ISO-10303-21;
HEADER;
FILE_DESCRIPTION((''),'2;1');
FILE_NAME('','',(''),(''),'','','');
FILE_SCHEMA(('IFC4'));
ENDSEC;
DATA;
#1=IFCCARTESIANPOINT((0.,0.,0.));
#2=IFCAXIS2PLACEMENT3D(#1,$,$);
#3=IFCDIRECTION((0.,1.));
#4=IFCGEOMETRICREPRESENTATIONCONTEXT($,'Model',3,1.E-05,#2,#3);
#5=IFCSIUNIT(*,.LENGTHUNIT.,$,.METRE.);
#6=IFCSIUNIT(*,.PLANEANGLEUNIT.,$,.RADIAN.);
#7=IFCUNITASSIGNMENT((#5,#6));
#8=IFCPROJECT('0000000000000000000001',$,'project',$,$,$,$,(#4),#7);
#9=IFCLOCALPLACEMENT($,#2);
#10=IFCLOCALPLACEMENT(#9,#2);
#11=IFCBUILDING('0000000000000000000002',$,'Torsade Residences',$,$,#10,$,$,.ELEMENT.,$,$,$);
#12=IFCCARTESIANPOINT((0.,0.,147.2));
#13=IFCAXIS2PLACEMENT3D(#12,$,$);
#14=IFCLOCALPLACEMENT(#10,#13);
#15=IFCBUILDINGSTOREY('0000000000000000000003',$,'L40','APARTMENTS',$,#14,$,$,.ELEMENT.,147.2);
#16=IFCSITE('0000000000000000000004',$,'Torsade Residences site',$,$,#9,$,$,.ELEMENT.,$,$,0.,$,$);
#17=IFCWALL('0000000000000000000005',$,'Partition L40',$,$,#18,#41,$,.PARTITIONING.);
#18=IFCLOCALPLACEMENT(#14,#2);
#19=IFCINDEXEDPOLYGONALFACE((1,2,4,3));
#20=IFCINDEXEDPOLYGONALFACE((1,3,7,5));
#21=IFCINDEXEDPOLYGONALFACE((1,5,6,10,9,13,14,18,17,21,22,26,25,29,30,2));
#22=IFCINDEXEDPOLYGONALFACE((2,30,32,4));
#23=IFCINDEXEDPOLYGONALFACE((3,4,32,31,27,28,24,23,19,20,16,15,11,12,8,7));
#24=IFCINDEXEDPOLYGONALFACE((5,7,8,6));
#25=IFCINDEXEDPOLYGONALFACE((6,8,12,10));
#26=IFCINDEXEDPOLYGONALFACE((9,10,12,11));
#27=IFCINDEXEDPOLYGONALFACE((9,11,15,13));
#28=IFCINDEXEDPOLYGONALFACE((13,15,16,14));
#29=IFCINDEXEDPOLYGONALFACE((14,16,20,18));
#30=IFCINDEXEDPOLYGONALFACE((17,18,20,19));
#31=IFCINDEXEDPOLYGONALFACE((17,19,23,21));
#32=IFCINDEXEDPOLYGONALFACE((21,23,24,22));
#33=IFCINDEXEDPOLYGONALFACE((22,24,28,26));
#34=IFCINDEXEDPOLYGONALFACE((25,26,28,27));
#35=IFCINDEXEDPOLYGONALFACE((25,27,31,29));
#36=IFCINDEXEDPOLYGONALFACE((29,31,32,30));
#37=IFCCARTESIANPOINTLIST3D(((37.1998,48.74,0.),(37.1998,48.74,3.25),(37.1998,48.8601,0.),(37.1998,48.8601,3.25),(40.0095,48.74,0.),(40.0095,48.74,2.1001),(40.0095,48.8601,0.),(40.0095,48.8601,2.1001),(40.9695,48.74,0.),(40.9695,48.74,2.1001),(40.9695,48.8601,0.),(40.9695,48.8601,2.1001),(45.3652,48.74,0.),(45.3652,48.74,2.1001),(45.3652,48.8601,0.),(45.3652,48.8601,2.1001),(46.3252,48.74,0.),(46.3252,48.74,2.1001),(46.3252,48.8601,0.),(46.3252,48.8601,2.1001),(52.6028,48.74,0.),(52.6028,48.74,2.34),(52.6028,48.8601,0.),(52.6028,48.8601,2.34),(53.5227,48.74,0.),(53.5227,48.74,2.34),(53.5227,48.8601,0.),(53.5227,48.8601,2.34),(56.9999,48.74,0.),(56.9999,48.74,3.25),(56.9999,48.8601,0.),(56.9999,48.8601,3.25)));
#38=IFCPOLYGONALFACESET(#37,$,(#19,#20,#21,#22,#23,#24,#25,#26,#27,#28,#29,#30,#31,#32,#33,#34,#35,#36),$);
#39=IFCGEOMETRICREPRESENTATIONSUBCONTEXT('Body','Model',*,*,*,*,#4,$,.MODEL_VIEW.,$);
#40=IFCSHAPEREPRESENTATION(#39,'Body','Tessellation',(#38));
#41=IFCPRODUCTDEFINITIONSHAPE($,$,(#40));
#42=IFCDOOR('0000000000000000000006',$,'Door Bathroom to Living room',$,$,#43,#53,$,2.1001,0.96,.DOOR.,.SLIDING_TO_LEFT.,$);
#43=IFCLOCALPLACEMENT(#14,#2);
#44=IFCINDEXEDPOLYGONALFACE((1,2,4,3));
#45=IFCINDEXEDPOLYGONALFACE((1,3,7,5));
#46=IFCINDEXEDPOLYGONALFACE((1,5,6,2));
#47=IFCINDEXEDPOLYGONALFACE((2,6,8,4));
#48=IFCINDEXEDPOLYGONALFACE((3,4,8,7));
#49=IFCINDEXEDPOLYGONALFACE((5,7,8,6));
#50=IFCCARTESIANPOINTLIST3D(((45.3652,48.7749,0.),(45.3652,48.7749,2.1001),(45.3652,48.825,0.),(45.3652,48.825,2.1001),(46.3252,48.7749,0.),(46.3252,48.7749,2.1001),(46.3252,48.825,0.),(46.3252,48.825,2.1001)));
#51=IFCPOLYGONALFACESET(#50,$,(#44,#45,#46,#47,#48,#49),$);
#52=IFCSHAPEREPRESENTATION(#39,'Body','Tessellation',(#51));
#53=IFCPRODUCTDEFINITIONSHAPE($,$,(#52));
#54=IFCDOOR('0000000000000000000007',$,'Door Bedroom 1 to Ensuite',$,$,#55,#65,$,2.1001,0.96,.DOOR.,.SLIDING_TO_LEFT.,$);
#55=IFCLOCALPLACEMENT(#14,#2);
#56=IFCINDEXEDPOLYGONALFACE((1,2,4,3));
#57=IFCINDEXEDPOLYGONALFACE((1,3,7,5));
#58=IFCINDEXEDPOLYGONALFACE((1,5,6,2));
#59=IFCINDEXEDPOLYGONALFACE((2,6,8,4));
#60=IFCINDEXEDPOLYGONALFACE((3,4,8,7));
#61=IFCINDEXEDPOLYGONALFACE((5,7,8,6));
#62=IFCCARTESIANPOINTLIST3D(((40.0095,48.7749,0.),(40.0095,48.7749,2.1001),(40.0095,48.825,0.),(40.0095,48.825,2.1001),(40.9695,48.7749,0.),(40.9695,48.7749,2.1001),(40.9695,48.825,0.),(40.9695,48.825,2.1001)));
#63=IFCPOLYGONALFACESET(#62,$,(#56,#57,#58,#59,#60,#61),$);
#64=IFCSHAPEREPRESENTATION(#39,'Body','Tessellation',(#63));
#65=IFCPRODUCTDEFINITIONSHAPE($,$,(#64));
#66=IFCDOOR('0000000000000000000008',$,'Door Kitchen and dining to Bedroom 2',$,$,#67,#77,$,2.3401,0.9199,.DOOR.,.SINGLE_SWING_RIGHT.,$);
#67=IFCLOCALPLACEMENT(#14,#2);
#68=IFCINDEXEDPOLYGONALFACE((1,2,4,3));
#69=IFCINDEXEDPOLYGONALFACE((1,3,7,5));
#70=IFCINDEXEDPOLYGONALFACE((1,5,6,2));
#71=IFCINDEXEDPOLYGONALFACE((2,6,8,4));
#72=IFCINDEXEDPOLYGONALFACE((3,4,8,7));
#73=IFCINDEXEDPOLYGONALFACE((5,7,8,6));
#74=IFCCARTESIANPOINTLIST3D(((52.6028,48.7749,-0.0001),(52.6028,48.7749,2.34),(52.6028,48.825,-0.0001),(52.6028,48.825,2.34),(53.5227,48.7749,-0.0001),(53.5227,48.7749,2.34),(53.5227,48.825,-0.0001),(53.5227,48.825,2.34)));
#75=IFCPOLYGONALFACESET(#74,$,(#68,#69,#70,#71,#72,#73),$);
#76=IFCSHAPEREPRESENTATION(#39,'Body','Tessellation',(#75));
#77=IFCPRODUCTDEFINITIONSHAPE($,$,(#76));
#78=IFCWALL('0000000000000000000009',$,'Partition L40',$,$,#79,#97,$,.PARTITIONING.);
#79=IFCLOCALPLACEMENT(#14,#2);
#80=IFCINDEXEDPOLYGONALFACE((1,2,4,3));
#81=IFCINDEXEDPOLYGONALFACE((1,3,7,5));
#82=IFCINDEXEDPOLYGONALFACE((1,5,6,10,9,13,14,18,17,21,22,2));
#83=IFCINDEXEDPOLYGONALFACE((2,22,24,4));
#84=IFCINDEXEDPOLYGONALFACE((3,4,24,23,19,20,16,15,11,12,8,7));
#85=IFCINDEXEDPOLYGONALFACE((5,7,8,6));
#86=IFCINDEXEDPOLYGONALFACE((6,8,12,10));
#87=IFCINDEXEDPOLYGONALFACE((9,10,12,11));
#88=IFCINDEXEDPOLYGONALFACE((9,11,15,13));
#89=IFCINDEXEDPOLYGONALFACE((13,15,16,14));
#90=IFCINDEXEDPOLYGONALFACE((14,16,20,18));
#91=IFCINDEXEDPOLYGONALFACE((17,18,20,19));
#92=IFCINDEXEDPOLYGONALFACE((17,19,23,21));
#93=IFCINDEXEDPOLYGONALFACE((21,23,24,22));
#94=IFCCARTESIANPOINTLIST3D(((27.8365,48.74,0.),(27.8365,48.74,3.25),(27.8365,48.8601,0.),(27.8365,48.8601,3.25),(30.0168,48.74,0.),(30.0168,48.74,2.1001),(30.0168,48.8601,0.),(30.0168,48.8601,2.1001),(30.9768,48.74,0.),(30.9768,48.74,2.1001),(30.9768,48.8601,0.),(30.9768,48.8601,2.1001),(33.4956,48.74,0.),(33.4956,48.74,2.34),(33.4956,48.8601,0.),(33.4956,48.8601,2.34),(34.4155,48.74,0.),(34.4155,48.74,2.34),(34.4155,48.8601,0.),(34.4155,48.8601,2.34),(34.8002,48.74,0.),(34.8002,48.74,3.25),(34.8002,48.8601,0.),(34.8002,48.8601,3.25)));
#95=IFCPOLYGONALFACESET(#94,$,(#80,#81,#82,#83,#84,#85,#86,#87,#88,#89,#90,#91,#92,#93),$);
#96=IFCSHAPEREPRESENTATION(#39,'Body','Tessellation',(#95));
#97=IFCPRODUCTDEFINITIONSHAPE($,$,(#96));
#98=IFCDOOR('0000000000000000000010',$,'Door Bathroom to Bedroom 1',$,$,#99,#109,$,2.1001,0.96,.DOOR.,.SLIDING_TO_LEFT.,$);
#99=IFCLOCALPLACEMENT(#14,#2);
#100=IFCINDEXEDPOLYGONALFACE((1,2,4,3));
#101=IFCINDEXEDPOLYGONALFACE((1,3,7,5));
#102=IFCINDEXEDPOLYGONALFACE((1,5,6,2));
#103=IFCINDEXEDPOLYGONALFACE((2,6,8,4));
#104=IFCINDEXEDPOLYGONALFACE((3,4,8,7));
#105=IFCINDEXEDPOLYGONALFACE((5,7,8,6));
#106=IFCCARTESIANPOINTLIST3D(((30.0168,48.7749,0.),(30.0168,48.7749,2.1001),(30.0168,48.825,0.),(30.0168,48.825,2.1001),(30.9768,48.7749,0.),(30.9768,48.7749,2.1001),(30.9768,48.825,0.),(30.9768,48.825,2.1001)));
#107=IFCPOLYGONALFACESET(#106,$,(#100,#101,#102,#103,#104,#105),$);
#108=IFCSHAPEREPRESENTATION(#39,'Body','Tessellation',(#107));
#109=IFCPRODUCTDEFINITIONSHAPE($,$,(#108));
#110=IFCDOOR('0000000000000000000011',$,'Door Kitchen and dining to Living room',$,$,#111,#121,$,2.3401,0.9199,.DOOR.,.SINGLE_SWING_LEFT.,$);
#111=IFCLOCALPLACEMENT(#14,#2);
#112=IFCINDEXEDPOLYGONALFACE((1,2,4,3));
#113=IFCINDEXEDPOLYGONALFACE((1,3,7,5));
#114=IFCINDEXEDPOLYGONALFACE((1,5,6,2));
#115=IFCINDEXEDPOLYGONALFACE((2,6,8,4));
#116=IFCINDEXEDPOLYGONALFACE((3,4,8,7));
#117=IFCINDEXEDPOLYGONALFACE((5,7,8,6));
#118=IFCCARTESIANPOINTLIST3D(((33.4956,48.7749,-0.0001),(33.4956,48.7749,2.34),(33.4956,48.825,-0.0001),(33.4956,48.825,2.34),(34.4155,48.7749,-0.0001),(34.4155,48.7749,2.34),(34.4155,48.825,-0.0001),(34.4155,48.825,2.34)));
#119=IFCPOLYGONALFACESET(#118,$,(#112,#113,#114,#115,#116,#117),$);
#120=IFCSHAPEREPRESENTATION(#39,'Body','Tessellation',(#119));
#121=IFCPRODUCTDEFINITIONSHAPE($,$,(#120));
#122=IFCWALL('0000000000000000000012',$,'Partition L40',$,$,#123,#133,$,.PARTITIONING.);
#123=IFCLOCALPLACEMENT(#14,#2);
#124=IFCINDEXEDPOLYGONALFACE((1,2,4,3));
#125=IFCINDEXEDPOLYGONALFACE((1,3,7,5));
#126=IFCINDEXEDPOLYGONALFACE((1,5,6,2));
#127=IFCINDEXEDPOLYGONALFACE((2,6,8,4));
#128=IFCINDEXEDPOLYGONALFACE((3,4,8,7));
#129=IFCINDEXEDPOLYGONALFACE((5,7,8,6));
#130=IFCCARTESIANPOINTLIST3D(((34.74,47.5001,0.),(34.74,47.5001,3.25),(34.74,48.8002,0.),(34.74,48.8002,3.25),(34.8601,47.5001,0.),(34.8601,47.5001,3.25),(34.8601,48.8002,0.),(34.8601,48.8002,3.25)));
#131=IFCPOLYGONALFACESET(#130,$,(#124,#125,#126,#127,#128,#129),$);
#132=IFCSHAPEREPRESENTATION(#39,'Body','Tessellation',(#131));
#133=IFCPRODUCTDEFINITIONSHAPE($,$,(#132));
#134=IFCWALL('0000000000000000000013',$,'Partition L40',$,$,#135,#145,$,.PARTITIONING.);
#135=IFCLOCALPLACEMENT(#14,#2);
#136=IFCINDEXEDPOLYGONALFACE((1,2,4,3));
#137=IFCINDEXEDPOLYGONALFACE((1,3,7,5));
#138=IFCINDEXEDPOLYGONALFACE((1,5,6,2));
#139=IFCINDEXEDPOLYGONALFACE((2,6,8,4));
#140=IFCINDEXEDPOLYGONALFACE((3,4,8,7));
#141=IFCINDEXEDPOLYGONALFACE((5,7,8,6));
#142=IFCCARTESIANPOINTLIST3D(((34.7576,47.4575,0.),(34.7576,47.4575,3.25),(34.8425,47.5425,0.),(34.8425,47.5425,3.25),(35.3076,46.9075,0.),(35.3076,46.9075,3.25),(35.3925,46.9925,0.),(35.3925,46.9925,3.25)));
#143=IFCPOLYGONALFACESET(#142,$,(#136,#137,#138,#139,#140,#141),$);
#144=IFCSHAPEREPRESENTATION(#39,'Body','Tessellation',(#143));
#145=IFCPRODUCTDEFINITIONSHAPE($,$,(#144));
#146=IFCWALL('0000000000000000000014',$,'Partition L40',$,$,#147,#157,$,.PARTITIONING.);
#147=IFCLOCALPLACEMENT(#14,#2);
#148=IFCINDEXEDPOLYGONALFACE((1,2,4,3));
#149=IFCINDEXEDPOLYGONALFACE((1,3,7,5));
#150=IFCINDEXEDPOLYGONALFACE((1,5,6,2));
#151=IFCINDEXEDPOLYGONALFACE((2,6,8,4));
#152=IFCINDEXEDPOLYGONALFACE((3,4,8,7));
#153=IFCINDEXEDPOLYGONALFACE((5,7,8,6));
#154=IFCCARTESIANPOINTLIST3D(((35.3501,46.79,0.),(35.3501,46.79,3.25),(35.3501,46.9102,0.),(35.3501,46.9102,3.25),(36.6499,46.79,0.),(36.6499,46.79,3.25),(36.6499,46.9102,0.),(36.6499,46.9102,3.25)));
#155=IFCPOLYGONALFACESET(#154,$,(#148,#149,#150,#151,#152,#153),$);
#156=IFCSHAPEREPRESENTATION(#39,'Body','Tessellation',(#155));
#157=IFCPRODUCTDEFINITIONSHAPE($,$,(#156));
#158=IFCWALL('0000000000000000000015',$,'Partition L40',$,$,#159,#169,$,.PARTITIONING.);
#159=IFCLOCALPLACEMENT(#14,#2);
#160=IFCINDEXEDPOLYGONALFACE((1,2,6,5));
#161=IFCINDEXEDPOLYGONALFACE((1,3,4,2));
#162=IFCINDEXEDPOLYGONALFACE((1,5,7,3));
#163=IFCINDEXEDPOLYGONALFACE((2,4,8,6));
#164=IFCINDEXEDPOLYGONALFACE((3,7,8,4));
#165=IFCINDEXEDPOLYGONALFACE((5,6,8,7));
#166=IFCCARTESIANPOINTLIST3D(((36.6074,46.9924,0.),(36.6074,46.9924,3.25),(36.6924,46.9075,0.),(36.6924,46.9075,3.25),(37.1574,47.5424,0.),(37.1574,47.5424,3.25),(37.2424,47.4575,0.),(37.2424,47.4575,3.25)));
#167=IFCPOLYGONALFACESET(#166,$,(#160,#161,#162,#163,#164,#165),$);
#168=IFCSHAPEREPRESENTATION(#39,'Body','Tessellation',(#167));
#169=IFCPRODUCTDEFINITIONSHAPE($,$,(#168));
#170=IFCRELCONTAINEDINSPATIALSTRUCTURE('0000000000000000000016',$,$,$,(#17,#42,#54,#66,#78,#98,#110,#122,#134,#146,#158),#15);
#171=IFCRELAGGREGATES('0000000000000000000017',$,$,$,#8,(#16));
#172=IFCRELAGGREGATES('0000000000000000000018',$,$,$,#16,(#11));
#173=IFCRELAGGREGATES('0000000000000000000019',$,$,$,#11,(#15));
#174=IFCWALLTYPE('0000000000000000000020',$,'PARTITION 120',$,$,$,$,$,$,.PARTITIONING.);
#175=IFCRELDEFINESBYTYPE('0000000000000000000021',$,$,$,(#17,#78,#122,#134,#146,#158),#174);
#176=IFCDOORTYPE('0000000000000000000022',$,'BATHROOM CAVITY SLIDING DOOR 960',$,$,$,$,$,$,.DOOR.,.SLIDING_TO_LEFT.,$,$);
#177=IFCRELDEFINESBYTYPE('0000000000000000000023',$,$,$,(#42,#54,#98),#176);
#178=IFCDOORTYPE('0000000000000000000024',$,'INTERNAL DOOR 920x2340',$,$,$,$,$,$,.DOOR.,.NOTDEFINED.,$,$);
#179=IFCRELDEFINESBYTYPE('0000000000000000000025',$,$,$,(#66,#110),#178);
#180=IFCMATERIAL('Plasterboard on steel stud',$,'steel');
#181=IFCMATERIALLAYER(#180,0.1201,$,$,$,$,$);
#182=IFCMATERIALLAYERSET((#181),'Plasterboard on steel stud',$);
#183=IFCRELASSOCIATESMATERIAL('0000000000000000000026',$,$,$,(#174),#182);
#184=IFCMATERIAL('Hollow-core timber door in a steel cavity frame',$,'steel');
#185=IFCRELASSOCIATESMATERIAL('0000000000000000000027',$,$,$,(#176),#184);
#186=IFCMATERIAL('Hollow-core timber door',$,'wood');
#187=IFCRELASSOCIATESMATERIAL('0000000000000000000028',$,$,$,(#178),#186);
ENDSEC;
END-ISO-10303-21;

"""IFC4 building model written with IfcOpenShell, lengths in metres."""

from ifc_helpers import new_model, si_unit, direction, frame, frame_2d, origin, place, context, subcontext, project, spatial, rectangle, extrude, material, layer, layer_set, type_object, element, fill, save


model = new_model("IFC4")

# Units and contexts
model_context = context("Model", 3, precision=1e-05, world=origin(), true_north=direction((0.0, 1.0)))
body_context = subcontext(model_context, "Body", "Model", "MODEL_VIEW")
ifc_project = project(units=[si_unit("LENGTHUNIT", "METRE"), si_unit("PLANEANGLEUNIT", "RADIAN")], contexts=[model_context])

# Site, building, storey
site_placement = place(None, origin())
site = spatial("IfcSite", under=ifc_project, at=site_placement, Name="Torsade Residences site", CompositionType="ELEMENT", RefElevation=0.0)
building_placement = place(site_placement, origin())
building = spatial("IfcBuilding", under=site, at=building_placement, Name="Torsade Residences", CompositionType="ELEMENT")
storey_placement = place(building_placement, frame((0.0, 0.0, 147.2)))
storey = spatial("IfcBuildingStorey", under=building, at=storey_placement, Name="L40", Description="APARTMENTS", CompositionType="ELEMENT", Elevation=147.2)

# Walls, openings, doors
ifc_material_1 = material(Name="Plasterboard on steel stud", Category="steel")
ifc_layer_1 = layer(ifc_material_1, 0.1201)
ifc_layer_set_1 = layer_set([ifc_layer_1], Name="Plasterboard on steel stud")
wall_type_1 = type_object("IfcWallType", Name="PARTITION 120", PredefinedType="PARTITIONING", material=ifc_layer_set_1)
wall_1_placement = place(storey_placement, frame((37.2, 48.8, 0.0), z_axis=(0.0, 0.0, 1.0), x_axis=(1.0, 0.0, 0.0)))
wall_1 = element("IfcWall", 1, at=wall_1_placement, inside=storey, type_object=wall_type_1, Name="Partition L40", PredefinedType="PARTITIONING", context=body_context, shape_type="SweptSolid", body=[
    extrude(rectangle(XDim=19.8, YDim=0.1201, at=frame_2d((9.8999, 0.0))), origin(), (0.0, 0.0, 1.0), 3.25),
])
opening_1_placement = place(wall_1_placement, frame((15.4028, 0.0, 0.0)))
opening_1 = element("IfcOpeningElement", 2, at=opening_1_placement, cuts=wall_1, PredefinedType="OPENING", context=body_context, shape_type="SweptSolid", body=[
    extrude(rectangle(XDim=0.9199, YDim=2.3401, at=frame_2d((0.46, 1.1699))), frame((0.0, 0.0701, 0.0), z_axis=(0.0, -1.0, 0.0), x_axis=(1.0, 0.0, 0.0)), (0.0, 0.0, 1.0), 0.1401),
])
opening_2_placement = place(wall_1_placement, frame((8.1653, 0.0, 0.0)))
opening_2 = element("IfcOpeningElement", 3, at=opening_2_placement, cuts=wall_1, PredefinedType="OPENING", context=body_context, shape_type="SweptSolid", body=[
    extrude(rectangle(XDim=0.96, YDim=2.1001, at=frame_2d((0.48, 1.05))), frame((0.0, 0.0701, 0.0), z_axis=(0.0, -1.0, 0.0), x_axis=(1.0, 0.0, 0.0)), (0.0, 0.0, 1.0), 0.1401),
])
opening_3_placement = place(wall_1_placement, frame((2.8096, 0.0, 0.0)))
opening_3 = element("IfcOpeningElement", 4, at=opening_3_placement, cuts=wall_1, PredefinedType="OPENING", context=body_context, shape_type="SweptSolid", body=[
    extrude(rectangle(XDim=0.96, YDim=2.1001, at=frame_2d((0.48, 1.05))), frame((0.0, 0.0701, 0.0), z_axis=(0.0, -1.0, 0.0), x_axis=(1.0, 0.0, 0.0)), (0.0, 0.0, 1.0), 0.1401),
])
ifc_material_2 = material(Name="Hollow-core timber door in a steel cavity frame", Category="steel")
door_type_1 = type_object("IfcDoorType", Name="BATHROOM CAVITY SLIDING DOOR 960", OperationType="SLIDING_TO_LEFT", PredefinedType="DOOR", material=ifc_material_2)
door_1_placement = place(opening_2_placement, origin())
door_1 = element("IfcDoor", 5, at=door_1_placement, inside=storey, type_object=door_type_1, Name="Door Bathroom to Living room", OperationType="SLIDING_TO_LEFT", OverallHeight=2.1001, OverallWidth=0.96, PredefinedType="DOOR", context=body_context, shape_type="SweptSolid", body=[
    extrude(rectangle(XDim=0.96, YDim=2.1001, at=frame_2d((0.48, 1.05))), frame((0.0, 0.0249, 0.0), z_axis=(0.0, -1.0, 0.0), x_axis=(1.0, 0.0, 0.0)), (0.0, 0.0, 1.0), 0.05),
])
fill(opening_2, door_1)
door_2_placement = place(opening_3_placement, origin())
door_2 = element("IfcDoor", 6, at=door_2_placement, inside=storey, type_object=door_type_1, Name="Door Bedroom 1 to Ensuite", OperationType="SLIDING_TO_LEFT", OverallHeight=2.1001, OverallWidth=0.96, PredefinedType="DOOR", context=body_context, shape_type="SweptSolid", body=[
    extrude(rectangle(XDim=0.96, YDim=2.1001, at=frame_2d((0.48, 1.05))), frame((0.0, 0.0249, 0.0), z_axis=(0.0, -1.0, 0.0), x_axis=(1.0, 0.0, 0.0)), (0.0, 0.0, 1.0), 0.05),
])
fill(opening_3, door_2)
ifc_material_3 = material(Name="Hollow-core timber door", Category="wood")
door_type_2 = type_object("IfcDoorType", Name="INTERNAL DOOR 920x2340", OperationType="NOTDEFINED", PredefinedType="DOOR", material=ifc_material_3)
door_3_placement = place(opening_1_placement, origin())
door_3 = element("IfcDoor", 7, at=door_3_placement, inside=storey, type_object=door_type_2, Name="Door Kitchen and dining to Bedroom 2", OperationType="SINGLE_SWING_RIGHT", OverallHeight=2.3401, OverallWidth=0.9199, PredefinedType="DOOR", context=body_context, shape_type="SweptSolid", body=[
    extrude(rectangle(XDim=0.9199, YDim=2.3401, at=frame_2d((0.46, 1.1699))), frame((0.0, 0.0249, 0.0), z_axis=(0.0, -1.0, 0.0), x_axis=(1.0, 0.0, 0.0)), (0.0, 0.0, 1.0), 0.05),
])
fill(opening_1, door_3)
wall_2_placement = place(storey_placement, frame((27.8364, 48.8, 0.0), z_axis=(0.0, 0.0, 1.0), x_axis=(1.0, 0.0, 0.0)))
wall_2 = element("IfcWall", 8, at=wall_2_placement, inside=storey, type_object=wall_type_1, Name="Partition L40", PredefinedType="PARTITIONING", context=body_context, shape_type="SweptSolid", body=[
    extrude(rectangle(XDim=6.9636, YDim=0.1201, at=frame_2d((3.4819, 0.0))), origin(), (0.0, 0.0, 1.0), 3.25),
])
opening_4_placement = place(wall_2_placement, frame((5.6592, 0.0, 0.0)))
opening_4 = element("IfcOpeningElement", 9, at=opening_4_placement, cuts=wall_2, PredefinedType="OPENING", context=body_context, shape_type="SweptSolid", body=[
    extrude(rectangle(XDim=0.9199, YDim=2.3401, at=frame_2d((0.46, 1.1699))), frame((0.0, 0.0701, 0.0), z_axis=(0.0, -1.0, 0.0), x_axis=(1.0, 0.0, 0.0)), (0.0, 0.0, 1.0), 0.1401),
])
opening_5_placement = place(wall_2_placement, frame((2.1804, 0.0, 0.0)))
opening_5 = element("IfcOpeningElement", 10, at=opening_5_placement, cuts=wall_2, PredefinedType="OPENING", context=body_context, shape_type="SweptSolid", body=[
    extrude(rectangle(XDim=0.96, YDim=2.1001, at=frame_2d((0.48, 1.05))), frame((0.0, 0.0701, 0.0), z_axis=(0.0, -1.0, 0.0), x_axis=(1.0, 0.0, 0.0)), (0.0, 0.0, 1.0), 0.1401),
])
door_4_placement = place(opening_5_placement, origin())
door_4 = element("IfcDoor", 11, at=door_4_placement, inside=storey, type_object=door_type_1, Name="Door Bathroom to Bedroom 1", OperationType="SLIDING_TO_LEFT", OverallHeight=2.1001, OverallWidth=0.96, PredefinedType="DOOR", context=body_context, shape_type="SweptSolid", body=[
    extrude(rectangle(XDim=0.96, YDim=2.1001, at=frame_2d((0.48, 1.05))), frame((0.0, 0.0249, 0.0), z_axis=(0.0, -1.0, 0.0), x_axis=(1.0, 0.0, 0.0)), (0.0, 0.0, 1.0), 0.05),
])
fill(opening_5, door_4)
door_5_placement = place(opening_4_placement, origin())
door_5 = element("IfcDoor", 12, at=door_5_placement, inside=storey, type_object=door_type_2, Name="Door Kitchen and dining to Living room", OperationType="SINGLE_SWING_LEFT", OverallHeight=2.3401, OverallWidth=0.9199, PredefinedType="DOOR", context=body_context, shape_type="SweptSolid", body=[
    extrude(rectangle(XDim=0.9199, YDim=2.3401, at=frame_2d((0.46, 1.1699))), frame((0.0, 0.0249, 0.0), z_axis=(0.0, -1.0, 0.0), x_axis=(1.0, 0.0, 0.0)), (0.0, 0.0, 1.0), 0.05),
])
fill(opening_4, door_5)

# Walls
wall_3_placement = place(storey_placement, frame((34.8, 48.8, 0.0), z_axis=(0.0, 0.0, 1.0), x_axis=(0.0, -1.0, 0.0)))
element("IfcWall", 13, at=wall_3_placement, inside=storey, type_object=wall_type_1, Name="Partition L40", PredefinedType="PARTITIONING", context=body_context, shape_type="SweptSolid", body=[
    extrude(rectangle(XDim=1.3, YDim=0.1201, at=frame_2d((0.6499, 0.0))), origin(), (0.0, 0.0, 1.0), 3.25),
])
wall_4_placement = place(storey_placement, frame((34.8, 47.5, 0.0), z_axis=(0.0, 0.0, 1.0), x_axis=(0.707107, -0.707107, 0.0)))
element("IfcWall", 14, at=wall_4_placement, inside=storey, type_object=wall_type_1, Name="Partition L40", PredefinedType="PARTITIONING", context=body_context, shape_type="SweptSolid", body=[
    extrude(rectangle(XDim=0.7778, YDim=0.1201, at=frame_2d((0.3889, 0.0))), origin(), (0.0, 0.0, 1.0), 3.25),
])
wall_5_placement = place(storey_placement, frame((35.3501, 46.8501, 0.0), z_axis=(0.0, 0.0, 1.0), x_axis=(1.0, 0.0, 0.0)))
element("IfcWall", 15, at=wall_5_placement, inside=storey, type_object=wall_type_1, Name="Partition L40", PredefinedType="PARTITIONING", context=body_context, shape_type="SweptSolid", body=[
    extrude(rectangle(XDim=1.2998, YDim=0.1201, at=frame_2d((0.6499, 0.0))), origin(), (0.0, 0.0, 1.0), 3.25),
])
wall_6_placement = place(storey_placement, frame((36.6499, 46.95, 0.0), z_axis=(0.0, 0.0, 1.0), x_axis=(0.707107, 0.707107, 0.0)))
element("IfcWall", 16, at=wall_6_placement, inside=storey, type_object=wall_type_1, Name="Partition L40", PredefinedType="PARTITIONING", context=body_context, shape_type="SweptSolid", body=[
    extrude(rectangle(XDim=0.7778, YDim=0.1201, at=frame_2d((0.3889, 0.0))), origin(), (0.0, 0.0, 1.0), 3.25),
])

save(model, "model.ifc")
